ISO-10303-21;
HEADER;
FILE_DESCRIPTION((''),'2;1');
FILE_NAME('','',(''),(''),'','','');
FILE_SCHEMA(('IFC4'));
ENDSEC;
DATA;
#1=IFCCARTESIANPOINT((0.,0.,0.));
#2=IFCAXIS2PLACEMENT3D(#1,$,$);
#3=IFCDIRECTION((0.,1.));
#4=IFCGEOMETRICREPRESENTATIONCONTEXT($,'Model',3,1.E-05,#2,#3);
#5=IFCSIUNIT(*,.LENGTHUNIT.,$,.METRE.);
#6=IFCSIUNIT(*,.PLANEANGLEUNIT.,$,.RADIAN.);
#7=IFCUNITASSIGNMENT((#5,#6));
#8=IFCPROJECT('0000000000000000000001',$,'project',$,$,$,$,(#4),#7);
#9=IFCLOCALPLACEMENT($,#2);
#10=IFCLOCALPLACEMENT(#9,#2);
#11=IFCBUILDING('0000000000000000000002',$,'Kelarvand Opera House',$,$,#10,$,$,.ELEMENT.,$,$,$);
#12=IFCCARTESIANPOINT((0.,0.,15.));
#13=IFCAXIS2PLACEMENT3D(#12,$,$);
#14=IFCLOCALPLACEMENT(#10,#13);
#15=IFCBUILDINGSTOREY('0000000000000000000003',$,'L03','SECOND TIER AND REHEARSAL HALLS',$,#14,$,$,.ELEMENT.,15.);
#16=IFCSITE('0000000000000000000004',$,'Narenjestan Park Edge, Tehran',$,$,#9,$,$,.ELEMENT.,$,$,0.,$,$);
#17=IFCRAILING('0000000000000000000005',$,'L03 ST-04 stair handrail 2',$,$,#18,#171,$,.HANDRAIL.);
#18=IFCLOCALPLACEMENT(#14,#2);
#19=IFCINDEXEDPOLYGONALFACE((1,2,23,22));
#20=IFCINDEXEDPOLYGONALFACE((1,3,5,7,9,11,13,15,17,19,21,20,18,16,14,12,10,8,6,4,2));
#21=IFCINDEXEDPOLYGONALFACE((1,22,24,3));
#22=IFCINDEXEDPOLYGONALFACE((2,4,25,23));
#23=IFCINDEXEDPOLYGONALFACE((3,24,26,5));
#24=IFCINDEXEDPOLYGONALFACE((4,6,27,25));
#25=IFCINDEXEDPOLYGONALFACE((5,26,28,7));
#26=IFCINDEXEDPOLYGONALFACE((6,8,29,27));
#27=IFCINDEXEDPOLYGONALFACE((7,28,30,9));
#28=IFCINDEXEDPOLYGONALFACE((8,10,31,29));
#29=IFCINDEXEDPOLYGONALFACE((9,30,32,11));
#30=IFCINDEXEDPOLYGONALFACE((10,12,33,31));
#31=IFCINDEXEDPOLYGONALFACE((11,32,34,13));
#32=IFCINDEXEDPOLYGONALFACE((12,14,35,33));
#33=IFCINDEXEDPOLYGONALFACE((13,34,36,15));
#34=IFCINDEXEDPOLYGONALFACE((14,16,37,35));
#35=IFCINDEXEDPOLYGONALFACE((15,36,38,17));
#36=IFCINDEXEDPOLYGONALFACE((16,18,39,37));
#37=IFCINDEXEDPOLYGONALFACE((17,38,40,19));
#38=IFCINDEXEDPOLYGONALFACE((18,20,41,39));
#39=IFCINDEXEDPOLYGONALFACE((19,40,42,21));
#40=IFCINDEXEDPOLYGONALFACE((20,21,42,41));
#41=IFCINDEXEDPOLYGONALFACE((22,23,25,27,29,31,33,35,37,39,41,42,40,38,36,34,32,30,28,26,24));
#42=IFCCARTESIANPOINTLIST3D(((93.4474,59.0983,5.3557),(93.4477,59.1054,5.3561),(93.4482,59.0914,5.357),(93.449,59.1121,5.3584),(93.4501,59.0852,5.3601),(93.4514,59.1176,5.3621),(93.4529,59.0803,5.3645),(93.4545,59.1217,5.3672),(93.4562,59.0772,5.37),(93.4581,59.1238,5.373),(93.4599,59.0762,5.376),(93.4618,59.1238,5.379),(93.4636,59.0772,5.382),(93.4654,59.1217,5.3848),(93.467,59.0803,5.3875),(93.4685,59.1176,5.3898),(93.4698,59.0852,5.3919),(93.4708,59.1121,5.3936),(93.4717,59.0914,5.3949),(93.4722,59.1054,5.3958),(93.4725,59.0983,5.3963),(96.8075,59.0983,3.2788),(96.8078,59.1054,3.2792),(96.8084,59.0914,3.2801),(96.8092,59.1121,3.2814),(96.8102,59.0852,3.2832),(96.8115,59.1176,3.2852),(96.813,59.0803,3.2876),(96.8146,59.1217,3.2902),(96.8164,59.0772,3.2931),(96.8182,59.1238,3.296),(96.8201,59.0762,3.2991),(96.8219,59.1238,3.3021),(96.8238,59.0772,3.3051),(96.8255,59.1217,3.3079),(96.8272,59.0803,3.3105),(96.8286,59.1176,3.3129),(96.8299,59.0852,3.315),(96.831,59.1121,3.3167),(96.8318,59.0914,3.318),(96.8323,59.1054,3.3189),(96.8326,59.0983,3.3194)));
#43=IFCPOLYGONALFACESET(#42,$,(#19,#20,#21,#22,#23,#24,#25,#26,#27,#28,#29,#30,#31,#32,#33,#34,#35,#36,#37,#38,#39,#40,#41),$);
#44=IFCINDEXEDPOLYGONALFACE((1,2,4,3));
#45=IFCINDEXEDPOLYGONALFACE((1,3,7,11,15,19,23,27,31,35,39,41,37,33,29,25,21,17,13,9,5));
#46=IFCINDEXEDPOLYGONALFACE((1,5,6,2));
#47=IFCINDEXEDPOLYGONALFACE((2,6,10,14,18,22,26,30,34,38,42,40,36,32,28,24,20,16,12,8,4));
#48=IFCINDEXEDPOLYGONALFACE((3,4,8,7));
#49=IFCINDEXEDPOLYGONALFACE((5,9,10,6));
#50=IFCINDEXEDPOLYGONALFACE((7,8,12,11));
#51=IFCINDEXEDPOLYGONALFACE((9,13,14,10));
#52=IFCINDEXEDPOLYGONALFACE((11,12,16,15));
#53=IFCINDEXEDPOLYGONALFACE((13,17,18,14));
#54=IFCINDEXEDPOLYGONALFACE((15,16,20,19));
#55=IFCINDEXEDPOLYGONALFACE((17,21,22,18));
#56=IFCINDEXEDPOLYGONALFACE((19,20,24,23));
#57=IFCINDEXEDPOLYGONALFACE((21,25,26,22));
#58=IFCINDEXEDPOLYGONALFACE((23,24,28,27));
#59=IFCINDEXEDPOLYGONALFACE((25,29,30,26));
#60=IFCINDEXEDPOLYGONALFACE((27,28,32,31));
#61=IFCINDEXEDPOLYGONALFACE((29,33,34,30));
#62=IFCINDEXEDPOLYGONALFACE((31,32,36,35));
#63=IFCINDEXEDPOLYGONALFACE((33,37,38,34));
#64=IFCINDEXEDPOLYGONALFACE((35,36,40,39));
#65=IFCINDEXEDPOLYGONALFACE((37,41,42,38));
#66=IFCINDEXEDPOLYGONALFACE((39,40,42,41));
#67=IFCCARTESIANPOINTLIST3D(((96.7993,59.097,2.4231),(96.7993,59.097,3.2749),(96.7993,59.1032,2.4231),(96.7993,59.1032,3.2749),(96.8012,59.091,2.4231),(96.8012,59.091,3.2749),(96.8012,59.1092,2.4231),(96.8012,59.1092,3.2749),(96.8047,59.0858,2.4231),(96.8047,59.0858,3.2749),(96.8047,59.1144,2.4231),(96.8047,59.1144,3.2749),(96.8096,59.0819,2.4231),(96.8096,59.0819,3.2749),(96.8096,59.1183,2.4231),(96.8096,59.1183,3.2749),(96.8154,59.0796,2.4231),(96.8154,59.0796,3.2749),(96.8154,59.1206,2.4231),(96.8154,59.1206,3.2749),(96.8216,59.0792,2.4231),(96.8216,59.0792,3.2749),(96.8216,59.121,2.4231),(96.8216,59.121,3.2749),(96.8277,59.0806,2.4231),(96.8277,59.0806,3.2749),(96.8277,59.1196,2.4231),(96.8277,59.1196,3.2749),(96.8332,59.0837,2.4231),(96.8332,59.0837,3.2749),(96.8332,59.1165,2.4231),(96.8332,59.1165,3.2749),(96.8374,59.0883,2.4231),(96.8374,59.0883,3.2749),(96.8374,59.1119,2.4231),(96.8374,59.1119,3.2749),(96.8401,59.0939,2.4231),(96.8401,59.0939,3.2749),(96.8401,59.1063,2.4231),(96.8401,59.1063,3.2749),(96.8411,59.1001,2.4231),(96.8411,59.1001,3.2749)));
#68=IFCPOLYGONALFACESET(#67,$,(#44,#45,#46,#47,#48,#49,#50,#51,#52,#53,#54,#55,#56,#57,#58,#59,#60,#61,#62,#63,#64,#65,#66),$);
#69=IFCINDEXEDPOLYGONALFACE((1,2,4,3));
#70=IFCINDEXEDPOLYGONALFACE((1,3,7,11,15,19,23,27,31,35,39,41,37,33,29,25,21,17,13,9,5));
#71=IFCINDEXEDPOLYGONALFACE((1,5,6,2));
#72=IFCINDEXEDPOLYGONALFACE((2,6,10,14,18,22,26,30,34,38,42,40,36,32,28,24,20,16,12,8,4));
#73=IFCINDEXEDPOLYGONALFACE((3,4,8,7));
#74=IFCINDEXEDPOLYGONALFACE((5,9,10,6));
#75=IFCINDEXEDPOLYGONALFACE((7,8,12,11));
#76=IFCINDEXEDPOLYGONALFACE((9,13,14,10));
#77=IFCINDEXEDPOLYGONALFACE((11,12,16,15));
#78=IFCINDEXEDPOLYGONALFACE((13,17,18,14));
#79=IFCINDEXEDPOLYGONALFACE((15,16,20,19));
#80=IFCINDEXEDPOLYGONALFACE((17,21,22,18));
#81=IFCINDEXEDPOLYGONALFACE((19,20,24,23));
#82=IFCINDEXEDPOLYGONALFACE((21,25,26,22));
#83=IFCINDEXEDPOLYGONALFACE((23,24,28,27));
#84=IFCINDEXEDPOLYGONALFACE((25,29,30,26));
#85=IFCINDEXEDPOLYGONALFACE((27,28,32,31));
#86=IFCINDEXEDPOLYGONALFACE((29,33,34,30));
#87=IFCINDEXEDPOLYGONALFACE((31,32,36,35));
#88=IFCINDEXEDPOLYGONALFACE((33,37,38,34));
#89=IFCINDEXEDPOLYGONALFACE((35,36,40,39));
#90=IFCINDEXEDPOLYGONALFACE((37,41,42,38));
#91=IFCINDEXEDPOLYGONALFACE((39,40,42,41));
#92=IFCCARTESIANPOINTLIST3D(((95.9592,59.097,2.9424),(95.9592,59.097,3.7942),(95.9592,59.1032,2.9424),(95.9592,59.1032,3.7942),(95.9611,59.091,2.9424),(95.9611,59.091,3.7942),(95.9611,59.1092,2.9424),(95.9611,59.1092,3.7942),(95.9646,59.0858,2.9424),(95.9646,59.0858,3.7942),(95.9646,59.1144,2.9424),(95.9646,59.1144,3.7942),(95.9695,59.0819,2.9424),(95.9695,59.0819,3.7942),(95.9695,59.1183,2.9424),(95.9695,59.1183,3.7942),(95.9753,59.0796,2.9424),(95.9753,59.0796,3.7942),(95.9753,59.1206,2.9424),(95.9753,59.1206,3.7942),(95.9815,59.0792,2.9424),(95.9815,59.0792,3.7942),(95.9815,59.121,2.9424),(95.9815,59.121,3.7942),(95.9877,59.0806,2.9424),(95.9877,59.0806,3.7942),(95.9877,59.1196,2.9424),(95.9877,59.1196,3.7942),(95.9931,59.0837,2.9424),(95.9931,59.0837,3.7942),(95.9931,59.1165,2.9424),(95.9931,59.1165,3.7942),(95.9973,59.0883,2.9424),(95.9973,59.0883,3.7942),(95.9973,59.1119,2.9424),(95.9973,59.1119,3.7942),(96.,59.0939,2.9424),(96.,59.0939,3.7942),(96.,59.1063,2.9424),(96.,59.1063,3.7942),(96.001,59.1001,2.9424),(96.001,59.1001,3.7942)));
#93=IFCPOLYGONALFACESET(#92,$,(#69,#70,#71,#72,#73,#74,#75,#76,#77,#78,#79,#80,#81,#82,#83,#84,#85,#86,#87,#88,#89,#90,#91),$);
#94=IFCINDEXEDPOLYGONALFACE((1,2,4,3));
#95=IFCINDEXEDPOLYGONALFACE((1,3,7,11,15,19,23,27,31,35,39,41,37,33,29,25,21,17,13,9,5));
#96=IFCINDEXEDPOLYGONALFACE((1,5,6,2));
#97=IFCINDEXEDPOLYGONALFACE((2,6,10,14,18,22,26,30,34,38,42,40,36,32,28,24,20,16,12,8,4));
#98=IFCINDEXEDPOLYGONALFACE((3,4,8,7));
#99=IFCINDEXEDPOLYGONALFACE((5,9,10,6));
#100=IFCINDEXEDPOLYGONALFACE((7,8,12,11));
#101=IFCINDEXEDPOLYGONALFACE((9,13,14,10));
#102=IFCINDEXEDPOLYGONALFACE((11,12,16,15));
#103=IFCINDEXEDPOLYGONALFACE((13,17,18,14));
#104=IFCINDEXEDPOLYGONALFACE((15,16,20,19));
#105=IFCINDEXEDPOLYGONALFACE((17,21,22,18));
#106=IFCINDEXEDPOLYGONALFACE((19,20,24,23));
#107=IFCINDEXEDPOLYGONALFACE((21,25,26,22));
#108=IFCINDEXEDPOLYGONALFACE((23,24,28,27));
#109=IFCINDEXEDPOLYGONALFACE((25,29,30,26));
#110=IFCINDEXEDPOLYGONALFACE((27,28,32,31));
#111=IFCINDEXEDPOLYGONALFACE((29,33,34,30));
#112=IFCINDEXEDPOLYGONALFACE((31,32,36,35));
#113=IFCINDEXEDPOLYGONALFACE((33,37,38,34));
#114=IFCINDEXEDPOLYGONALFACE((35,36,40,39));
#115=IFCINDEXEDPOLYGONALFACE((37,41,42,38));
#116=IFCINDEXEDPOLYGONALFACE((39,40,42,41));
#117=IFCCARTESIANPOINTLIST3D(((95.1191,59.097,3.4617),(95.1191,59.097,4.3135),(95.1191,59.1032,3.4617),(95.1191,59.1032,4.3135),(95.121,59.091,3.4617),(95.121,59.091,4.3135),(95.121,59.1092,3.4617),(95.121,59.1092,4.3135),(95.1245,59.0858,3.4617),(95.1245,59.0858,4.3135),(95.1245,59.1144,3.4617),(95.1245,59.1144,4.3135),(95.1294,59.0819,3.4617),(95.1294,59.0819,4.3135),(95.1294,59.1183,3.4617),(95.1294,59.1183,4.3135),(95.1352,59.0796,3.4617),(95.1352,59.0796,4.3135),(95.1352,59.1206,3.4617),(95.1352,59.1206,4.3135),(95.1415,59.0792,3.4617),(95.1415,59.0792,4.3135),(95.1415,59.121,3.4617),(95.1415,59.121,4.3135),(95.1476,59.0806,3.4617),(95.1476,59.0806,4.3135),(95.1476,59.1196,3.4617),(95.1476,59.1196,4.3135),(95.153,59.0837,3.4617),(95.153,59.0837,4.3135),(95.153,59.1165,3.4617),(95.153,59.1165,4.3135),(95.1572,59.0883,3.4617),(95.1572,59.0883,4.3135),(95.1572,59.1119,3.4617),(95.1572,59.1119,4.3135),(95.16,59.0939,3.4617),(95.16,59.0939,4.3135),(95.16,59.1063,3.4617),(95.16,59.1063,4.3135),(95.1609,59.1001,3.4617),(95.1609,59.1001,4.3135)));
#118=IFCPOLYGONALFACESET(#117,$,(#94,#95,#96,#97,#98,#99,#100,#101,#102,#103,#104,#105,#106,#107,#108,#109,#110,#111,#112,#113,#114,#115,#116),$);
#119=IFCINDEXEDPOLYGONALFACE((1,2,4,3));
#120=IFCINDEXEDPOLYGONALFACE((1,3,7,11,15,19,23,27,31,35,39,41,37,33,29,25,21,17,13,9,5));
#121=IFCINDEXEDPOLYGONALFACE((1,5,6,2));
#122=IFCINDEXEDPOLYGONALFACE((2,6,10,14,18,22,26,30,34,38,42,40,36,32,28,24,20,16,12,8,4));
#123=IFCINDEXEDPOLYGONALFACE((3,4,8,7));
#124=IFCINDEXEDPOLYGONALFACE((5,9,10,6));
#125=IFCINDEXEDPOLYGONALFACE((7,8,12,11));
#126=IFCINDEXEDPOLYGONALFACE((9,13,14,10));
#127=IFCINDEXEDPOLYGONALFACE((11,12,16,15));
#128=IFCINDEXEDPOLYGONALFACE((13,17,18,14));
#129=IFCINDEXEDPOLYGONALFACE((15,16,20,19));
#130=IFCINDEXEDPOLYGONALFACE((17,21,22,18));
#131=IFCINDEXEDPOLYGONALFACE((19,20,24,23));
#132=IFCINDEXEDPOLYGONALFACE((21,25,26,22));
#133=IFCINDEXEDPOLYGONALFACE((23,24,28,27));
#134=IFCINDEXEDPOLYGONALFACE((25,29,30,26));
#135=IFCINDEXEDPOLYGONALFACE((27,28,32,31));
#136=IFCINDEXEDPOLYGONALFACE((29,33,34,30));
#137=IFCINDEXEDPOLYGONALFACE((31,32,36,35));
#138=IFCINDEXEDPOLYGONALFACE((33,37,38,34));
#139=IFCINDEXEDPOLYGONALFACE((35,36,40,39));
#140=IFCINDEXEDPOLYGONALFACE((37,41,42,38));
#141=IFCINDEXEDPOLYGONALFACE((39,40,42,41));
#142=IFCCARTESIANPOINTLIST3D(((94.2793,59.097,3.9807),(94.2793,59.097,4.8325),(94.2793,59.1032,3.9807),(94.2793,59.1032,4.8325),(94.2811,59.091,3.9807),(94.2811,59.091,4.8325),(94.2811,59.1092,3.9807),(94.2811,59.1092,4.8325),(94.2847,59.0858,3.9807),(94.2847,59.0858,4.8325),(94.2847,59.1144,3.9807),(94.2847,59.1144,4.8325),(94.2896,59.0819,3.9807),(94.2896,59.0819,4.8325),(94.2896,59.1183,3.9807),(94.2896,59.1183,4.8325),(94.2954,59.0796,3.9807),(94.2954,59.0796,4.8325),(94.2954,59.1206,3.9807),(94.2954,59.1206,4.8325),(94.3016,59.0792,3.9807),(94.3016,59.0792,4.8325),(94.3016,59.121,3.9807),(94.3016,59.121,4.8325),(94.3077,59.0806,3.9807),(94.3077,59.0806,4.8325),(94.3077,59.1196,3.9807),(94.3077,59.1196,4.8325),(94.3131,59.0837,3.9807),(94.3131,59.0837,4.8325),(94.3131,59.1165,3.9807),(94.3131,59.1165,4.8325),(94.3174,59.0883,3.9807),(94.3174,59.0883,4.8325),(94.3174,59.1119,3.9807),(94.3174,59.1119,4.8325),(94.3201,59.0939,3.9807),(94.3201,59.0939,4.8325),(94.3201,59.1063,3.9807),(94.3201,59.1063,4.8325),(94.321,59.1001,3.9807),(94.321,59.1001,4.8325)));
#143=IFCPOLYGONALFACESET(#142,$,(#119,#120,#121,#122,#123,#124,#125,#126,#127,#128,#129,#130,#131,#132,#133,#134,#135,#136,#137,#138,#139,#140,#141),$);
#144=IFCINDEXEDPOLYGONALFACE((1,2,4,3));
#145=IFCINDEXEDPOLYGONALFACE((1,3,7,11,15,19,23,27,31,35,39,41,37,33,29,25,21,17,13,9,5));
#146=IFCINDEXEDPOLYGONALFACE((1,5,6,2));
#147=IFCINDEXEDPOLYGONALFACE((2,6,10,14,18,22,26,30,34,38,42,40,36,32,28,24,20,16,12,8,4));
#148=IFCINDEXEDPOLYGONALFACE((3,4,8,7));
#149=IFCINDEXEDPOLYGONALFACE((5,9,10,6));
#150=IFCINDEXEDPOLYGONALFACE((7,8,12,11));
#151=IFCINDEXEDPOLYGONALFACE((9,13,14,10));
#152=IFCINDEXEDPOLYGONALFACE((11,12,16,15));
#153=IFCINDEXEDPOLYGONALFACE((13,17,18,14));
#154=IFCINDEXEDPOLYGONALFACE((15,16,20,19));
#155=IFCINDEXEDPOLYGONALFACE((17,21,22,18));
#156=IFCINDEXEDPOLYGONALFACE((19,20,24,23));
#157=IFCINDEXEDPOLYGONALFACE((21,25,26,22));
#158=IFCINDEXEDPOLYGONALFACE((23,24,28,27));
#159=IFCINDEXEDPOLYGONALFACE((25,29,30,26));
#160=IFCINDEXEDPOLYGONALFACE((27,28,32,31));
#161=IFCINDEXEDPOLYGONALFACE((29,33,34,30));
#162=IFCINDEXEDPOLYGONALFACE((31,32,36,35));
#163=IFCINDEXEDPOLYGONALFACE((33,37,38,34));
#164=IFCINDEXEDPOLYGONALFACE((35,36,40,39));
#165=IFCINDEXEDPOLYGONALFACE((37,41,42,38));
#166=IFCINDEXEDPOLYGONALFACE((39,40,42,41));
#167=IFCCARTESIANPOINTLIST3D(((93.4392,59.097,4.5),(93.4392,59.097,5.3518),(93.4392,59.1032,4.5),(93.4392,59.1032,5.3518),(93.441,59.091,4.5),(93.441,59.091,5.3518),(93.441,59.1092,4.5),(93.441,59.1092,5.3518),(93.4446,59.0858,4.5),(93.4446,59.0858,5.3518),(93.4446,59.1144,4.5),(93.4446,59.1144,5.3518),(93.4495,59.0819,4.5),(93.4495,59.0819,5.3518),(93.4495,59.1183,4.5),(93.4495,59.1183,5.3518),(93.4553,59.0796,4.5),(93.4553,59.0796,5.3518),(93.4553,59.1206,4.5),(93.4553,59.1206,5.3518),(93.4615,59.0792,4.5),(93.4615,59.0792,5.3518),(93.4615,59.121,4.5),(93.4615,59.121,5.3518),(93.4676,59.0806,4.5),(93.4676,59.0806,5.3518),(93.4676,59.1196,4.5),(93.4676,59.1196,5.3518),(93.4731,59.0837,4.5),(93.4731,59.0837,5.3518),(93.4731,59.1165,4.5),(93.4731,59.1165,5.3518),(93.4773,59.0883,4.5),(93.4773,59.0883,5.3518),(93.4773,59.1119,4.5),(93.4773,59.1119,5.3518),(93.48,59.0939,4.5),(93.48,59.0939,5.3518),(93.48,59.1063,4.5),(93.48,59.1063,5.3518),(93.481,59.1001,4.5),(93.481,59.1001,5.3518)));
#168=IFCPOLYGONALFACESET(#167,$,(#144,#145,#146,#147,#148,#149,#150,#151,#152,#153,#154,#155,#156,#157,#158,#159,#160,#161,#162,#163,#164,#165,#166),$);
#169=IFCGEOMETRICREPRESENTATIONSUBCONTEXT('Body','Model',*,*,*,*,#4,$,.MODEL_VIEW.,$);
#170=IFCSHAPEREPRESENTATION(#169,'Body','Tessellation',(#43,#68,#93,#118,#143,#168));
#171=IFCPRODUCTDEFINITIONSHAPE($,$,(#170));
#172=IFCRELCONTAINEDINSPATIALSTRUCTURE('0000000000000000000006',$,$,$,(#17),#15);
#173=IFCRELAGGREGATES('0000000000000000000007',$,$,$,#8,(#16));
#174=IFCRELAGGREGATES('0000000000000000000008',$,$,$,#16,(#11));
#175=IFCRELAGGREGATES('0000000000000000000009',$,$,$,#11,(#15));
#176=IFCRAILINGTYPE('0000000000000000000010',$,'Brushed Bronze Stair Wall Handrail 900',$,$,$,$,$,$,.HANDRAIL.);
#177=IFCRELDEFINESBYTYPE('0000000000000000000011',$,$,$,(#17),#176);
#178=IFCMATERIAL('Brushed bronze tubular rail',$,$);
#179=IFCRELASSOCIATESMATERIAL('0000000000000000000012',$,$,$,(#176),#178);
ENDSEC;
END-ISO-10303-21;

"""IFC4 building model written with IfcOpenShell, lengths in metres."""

from ifc_helpers import new_model, si_unit, direction, frame, origin, origin_2d, place, context, subcontext, project, spatial, circle, extrude, material, type_object, element, save


model = new_model("IFC4")

# Units and contexts
model_context = context("Model", 3, precision=1e-05, world=origin(), true_north=direction((0.0, 1.0)))
body_context = subcontext(model_context, "Body", "Model", "MODEL_VIEW")
ifc_project = project(units=[si_unit("LENGTHUNIT", "METRE"), si_unit("PLANEANGLEUNIT", "RADIAN")], contexts=[model_context])

# Site, building, storey
site_placement = place(None, origin())
site = spatial("IfcSite", under=ifc_project, at=site_placement, Name="Narenjestan Park Edge, Tehran", CompositionType="ELEMENT", RefElevation=0.0)
building_placement = place(site_placement, origin())
building = spatial("IfcBuilding", under=site, at=building_placement, Name="Kelarvand Opera House", CompositionType="ELEMENT")
storey_placement = place(building_placement, frame((0.0, 0.0, 15.0)))
storey = spatial("IfcBuildingStorey", under=building, at=storey_placement, Name="L03", Description="SECOND TIER AND REHEARSAL HALLS", CompositionType="ELEMENT", Elevation=15.0)

# Railing
ifc_material_1 = material(Name="Brushed bronze tubular rail")
railing_type_1 = type_object("IfcRailingType", Name="Brushed Bronze Stair Wall Handrail 900", PredefinedType="HANDRAIL", material=ifc_material_1)
railing_1_placement = place(storey_placement, frame((96.8201, 59.1001, 2.4231)))
element("IfcRailing", 1, at=railing_1_placement, inside=storey, type_object=railing_type_1, Name="L03 ST-04 stair handrail 2", PredefinedType="HANDRAIL", context=body_context, shape_type="SweptSolid", body=[
    extrude(circle(Radius=0.0239, at=origin_2d()), frame((0.0, 0.0, 0.876), z_axis=(-0.850623, 0.0, 0.525776), x_axis=(0.0, -1.0, 0.0)), (0.0, 0.0, 1.0), 3.9502),
    extrude(circle(Radius=0.021, at=origin_2d()), origin(), (0.0, 0.0, 1.0), 0.8518),
    extrude(circle(Radius=0.021, at=origin_2d()), frame((-0.8401, 0.0, 0.5193)), (0.0, 0.0, 1.0), 0.8518),
    extrude(circle(Radius=0.021, at=origin_2d()), frame((-1.6802, 0.0, 1.0386)), (0.0, 0.0, 1.0), 0.8518),
    extrude(circle(Radius=0.021, at=origin_2d()), frame((-2.52, 0.0, 1.5576)), (0.0, 0.0, 1.0), 0.8518),
    extrude(circle(Radius=0.021, at=origin_2d()), frame((-3.3601, 0.0, 2.0769)), (0.0, 0.0, 1.0), 0.8518),
])

save(model, "model.ifc")
